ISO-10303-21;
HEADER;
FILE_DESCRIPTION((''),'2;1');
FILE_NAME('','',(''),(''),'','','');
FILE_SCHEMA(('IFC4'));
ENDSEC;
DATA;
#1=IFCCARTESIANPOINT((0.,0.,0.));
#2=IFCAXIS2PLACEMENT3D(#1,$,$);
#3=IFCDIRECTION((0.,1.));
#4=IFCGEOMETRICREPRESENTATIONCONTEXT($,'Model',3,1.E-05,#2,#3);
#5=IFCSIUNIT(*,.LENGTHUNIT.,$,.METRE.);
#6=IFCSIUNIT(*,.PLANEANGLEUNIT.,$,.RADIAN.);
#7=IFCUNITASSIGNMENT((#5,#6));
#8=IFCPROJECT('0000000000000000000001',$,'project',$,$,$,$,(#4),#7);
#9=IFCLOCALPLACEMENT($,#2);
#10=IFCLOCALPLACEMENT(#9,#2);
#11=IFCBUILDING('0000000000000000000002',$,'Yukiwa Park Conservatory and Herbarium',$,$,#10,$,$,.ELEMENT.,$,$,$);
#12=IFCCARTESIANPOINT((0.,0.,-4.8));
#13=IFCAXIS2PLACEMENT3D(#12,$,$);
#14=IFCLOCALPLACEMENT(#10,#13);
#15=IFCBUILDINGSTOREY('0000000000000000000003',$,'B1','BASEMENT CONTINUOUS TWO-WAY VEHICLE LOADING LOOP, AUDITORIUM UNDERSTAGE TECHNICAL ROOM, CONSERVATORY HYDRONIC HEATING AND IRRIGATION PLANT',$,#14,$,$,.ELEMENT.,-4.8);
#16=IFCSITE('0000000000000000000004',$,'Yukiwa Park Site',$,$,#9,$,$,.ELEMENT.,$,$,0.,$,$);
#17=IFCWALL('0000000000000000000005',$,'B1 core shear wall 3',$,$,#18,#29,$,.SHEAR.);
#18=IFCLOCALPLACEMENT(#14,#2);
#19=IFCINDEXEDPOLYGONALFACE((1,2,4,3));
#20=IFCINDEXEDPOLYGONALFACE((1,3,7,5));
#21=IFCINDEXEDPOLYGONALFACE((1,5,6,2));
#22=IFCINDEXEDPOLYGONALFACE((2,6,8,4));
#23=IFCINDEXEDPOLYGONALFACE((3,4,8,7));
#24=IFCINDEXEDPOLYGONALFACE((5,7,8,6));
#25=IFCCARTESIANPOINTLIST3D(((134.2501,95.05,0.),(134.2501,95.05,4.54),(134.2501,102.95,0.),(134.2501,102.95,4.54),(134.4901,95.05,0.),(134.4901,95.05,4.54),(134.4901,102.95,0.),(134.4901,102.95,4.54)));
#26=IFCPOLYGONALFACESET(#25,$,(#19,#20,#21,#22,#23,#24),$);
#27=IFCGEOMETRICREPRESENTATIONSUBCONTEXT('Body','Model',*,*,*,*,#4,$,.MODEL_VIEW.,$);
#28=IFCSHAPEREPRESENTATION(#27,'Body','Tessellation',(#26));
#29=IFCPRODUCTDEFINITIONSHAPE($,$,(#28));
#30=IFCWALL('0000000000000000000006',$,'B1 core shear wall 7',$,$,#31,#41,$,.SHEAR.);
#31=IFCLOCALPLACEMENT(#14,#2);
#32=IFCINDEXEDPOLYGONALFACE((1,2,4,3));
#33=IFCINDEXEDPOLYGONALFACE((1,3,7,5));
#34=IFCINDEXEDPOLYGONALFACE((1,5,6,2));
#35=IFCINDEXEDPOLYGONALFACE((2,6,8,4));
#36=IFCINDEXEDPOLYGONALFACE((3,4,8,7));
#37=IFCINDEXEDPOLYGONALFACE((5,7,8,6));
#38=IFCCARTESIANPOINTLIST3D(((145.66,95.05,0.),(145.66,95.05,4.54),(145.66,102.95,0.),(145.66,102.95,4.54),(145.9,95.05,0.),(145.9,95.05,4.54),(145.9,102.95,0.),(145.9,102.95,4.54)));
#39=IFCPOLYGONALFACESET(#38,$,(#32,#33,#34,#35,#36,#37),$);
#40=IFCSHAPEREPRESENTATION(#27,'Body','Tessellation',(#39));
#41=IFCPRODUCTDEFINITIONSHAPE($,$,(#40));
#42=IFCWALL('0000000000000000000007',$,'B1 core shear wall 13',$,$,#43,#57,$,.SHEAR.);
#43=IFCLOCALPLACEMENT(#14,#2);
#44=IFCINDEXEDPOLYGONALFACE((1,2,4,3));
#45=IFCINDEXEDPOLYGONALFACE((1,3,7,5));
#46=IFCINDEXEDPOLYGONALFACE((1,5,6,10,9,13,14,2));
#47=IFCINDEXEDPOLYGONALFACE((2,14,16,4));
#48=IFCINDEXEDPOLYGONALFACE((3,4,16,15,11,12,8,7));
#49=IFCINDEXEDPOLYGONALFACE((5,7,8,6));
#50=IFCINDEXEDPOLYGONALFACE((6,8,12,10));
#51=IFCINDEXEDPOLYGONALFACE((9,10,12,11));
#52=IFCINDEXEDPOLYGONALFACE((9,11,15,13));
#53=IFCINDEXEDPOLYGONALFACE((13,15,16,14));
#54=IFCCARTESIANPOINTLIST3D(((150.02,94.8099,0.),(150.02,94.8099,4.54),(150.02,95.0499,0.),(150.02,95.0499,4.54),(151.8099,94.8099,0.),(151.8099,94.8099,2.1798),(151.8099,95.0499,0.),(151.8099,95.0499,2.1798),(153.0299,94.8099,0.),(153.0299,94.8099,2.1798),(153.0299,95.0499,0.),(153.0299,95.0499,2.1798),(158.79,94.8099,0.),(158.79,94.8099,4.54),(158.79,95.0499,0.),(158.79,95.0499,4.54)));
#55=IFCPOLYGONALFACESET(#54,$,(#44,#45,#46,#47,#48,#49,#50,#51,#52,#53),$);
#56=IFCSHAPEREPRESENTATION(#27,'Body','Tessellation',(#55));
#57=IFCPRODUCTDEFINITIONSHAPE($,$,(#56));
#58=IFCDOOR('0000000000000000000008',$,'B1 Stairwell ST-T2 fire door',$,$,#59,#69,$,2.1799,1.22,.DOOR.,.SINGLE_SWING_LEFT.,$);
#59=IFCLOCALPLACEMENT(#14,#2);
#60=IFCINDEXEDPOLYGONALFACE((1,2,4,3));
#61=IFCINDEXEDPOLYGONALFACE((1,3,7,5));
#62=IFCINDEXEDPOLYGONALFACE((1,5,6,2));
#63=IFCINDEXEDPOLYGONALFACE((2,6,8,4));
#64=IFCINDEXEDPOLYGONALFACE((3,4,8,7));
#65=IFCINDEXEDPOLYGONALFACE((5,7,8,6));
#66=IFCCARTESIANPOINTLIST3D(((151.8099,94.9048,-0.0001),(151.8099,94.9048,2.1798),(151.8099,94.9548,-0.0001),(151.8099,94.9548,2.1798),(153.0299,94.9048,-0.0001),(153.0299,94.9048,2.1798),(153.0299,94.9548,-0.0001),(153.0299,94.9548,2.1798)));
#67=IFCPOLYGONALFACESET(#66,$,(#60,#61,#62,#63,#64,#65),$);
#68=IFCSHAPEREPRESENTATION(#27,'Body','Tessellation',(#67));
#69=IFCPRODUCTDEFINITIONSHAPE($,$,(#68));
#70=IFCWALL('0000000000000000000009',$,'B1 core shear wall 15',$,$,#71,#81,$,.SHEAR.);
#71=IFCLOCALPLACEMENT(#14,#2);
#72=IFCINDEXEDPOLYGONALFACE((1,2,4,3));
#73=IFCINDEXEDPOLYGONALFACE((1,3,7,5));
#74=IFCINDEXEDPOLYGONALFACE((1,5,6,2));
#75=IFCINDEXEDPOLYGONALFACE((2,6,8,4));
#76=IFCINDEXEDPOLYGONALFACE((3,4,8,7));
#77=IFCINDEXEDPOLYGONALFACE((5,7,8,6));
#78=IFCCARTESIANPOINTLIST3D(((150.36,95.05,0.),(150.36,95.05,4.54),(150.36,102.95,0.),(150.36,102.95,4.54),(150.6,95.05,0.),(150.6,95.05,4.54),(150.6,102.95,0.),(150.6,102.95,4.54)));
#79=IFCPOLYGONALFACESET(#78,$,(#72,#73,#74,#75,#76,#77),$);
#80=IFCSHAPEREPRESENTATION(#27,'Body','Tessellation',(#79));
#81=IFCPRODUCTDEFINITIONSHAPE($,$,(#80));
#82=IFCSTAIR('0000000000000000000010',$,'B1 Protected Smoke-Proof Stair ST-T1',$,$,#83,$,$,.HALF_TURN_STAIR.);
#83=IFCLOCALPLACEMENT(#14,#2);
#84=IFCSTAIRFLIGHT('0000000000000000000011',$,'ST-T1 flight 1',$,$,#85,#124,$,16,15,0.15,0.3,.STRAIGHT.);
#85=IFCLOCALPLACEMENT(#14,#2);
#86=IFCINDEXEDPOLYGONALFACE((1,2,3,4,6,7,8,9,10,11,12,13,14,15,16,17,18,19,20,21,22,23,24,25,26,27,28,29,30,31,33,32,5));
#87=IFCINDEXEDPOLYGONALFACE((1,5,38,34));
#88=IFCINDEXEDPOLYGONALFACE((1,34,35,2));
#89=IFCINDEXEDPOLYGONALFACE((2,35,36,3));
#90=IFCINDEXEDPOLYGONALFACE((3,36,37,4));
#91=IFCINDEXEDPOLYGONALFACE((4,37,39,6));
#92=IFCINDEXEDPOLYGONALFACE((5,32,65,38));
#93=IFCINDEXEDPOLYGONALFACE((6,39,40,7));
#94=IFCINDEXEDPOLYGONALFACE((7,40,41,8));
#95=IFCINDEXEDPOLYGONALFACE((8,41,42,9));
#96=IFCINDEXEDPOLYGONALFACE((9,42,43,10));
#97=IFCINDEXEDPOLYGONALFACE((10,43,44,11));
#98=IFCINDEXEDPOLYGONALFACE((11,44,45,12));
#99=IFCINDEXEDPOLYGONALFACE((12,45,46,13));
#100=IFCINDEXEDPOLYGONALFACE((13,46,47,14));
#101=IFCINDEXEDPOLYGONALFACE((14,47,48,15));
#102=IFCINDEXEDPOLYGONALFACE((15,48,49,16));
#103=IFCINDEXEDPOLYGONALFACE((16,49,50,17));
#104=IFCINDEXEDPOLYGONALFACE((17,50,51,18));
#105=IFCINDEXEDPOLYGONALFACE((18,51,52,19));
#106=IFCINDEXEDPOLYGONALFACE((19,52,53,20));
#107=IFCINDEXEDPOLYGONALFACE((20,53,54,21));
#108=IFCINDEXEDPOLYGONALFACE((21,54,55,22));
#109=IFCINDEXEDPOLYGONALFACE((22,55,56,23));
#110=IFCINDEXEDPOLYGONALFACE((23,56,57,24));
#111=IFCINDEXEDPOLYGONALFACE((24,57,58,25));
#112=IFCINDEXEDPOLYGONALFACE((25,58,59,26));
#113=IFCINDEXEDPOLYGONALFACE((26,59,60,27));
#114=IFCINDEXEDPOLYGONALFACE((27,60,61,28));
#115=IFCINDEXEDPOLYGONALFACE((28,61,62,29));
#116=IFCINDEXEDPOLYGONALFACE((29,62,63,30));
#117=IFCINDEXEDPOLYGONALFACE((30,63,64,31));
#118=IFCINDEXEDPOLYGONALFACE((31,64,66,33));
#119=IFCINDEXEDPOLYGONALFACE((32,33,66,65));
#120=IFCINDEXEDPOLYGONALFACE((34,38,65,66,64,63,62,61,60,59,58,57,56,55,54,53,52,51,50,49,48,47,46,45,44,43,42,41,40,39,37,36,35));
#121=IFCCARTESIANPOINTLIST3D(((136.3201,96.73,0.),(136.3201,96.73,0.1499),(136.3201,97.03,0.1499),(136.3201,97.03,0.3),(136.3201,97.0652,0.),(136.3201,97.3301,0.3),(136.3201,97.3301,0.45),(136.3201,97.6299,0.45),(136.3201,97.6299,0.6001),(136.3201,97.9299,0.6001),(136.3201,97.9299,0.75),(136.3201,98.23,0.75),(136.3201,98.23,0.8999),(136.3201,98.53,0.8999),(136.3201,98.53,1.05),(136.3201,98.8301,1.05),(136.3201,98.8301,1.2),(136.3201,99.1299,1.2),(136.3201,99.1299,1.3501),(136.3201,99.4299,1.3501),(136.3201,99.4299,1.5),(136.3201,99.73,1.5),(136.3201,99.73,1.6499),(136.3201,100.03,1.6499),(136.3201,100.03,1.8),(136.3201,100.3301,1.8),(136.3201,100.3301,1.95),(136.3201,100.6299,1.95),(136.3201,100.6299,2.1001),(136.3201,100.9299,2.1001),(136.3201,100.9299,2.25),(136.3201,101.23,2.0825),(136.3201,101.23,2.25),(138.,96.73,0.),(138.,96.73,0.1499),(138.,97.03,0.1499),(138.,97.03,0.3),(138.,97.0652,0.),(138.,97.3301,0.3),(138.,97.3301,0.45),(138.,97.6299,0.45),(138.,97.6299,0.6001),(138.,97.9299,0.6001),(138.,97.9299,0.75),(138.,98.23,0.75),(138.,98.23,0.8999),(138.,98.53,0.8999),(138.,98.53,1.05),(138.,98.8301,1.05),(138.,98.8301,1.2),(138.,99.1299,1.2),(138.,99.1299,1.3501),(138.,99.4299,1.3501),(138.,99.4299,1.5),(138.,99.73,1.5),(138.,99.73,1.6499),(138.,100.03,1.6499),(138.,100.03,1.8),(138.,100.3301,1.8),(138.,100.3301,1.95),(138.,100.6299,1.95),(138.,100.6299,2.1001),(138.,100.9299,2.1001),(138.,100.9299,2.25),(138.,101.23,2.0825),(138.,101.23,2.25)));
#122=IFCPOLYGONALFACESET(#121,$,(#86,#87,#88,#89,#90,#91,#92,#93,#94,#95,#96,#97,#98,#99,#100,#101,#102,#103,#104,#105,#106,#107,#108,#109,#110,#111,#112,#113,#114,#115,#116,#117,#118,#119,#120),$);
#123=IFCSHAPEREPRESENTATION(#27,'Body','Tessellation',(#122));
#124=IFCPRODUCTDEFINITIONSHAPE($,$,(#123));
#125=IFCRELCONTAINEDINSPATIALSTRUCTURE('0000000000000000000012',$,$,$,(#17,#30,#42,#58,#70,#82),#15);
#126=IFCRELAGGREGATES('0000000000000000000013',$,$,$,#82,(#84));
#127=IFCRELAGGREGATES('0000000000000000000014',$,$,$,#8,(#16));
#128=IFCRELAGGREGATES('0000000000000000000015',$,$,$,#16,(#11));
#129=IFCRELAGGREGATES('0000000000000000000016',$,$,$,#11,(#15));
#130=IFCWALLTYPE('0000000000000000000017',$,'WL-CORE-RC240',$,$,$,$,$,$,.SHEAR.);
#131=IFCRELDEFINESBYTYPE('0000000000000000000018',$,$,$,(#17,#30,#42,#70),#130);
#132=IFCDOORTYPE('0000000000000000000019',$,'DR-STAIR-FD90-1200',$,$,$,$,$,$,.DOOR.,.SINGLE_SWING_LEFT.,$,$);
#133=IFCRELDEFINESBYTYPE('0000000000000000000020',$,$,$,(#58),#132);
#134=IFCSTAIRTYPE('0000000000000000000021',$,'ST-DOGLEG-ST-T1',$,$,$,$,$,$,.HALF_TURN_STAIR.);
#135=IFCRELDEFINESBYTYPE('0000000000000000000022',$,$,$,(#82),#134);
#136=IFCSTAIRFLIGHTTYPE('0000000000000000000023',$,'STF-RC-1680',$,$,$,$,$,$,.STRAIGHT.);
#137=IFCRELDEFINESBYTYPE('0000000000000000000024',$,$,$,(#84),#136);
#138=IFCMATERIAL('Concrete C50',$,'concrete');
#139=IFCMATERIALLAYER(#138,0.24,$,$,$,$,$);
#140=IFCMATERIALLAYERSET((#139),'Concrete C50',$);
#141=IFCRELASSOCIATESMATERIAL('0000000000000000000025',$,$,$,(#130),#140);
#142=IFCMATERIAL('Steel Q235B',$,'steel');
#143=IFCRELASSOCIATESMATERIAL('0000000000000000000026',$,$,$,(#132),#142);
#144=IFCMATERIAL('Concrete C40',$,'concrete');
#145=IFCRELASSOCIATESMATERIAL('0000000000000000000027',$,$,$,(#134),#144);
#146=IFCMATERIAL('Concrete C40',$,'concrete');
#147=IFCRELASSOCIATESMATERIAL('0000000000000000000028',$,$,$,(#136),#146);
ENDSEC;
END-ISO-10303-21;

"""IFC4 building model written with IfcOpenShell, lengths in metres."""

from ifc_helpers import new_model, si_unit, direction, frame, frame_2d, origin, place, context, subcontext, project, spatial, polyline, rectangle, outline, extrude, material, layer, layer_set, type_object, element, fill, aggregate, save


model = new_model("IFC4")

# Units and contexts
model_context = context("Model", 3, precision=1e-05, world=origin(), true_north=direction((0.0, 1.0)))
body_context = subcontext(model_context, "Body", "Model", "MODEL_VIEW")
ifc_project = project(units=[si_unit("LENGTHUNIT", "METRE"), si_unit("PLANEANGLEUNIT", "RADIAN")], contexts=[model_context])

# Site, building, storey
site_placement = place(None, origin())
site = spatial("IfcSite", under=ifc_project, at=site_placement, Name="Yukiwa Park Site", CompositionType="ELEMENT", RefElevation=0.0)
building_placement = place(site_placement, origin())
building = spatial("IfcBuilding", under=site, at=building_placement, Name="Yukiwa Park Conservatory and Herbarium", CompositionType="ELEMENT")
storey_placement = place(building_placement, frame((0.0, 0.0, -4.8)))
storey = spatial("IfcBuildingStorey", under=building, at=storey_placement, Name="B1", Description="BASEMENT CONTINUOUS TWO-WAY VEHICLE LOADING LOOP, AUDITORIUM UNDERSTAGE TECHNICAL ROOM, CONSERVATORY HYDRONIC HEATING AND IRRIGATION PLANT", CompositionType="ELEMENT", Elevation=-4.8)

# Walls
ifc_material_1 = material(Name="Concrete C50", Category="concrete")
ifc_layer_1 = layer(ifc_material_1, 0.24)
ifc_layer_set_1 = layer_set([ifc_layer_1], Name="Concrete C50")
wall_type_1 = type_object("IfcWallType", Name="WL-CORE-RC240", PredefinedType="SHEAR", material=ifc_layer_set_1)
for number, where, z_axis, x_axis, name in (
    (1, (134.3701, 95.05, 0.0), (0.0, 0.0, 1.0), (0.0, 1.0, 0.0), "B1 core shear wall 3"),
    (2, (145.78, 95.05, 0.0), (0.0, 0.0, 1.0), (0.0, 1.0, 0.0), "B1 core shear wall 7"),
):
    element("IfcWall", number, at=place(storey_placement, frame(where, z_axis=z_axis, x_axis=x_axis)), inside=storey, type_object=wall_type_1, Name=name, PredefinedType="SHEAR", context=body_context, shape_type="SweptSolid", body=[
        extrude(rectangle(XDim=7.8999, YDim=0.24, at=frame_2d((3.95, 0.0))), origin(), (0.0, 0.0, 1.0), 4.54),
    ])

# Wall, opening, door
wall_1_placement = place(storey_placement, frame((150.02, 94.9299, 0.0), z_axis=(0.0, 0.0, 1.0), x_axis=(1.0, 0.0, 0.0)))
wall_1 = element("IfcWall", 3, at=wall_1_placement, inside=storey, type_object=wall_type_1, Name="B1 core shear wall 13", PredefinedType="SHEAR", context=body_context, shape_type="SweptSolid", body=[
    extrude(rectangle(XDim=8.77, YDim=0.24, at=frame_2d((4.385, 0.0))), origin(), (0.0, 0.0, 1.0), 4.54),
])
opening_placement = place(wall_1_placement, frame((1.79, 0.0, 0.0)))
opening = element("IfcOpeningElement", 4, at=opening_placement, cuts=wall_1, PredefinedType="OPENING", context=body_context, shape_type="SweptSolid", body=[
    extrude(rectangle(XDim=1.22, YDim=2.1799, at=frame_2d((0.6099, 1.0898))), frame((0.0, 0.1299, 0.0), z_axis=(0.0, -1.0, 0.0), x_axis=(1.0, 0.0, 0.0)), (0.0, 0.0, 1.0), 0.26),
])
ifc_material_2 = material(Name="Steel Q235B", Category="steel")
door_type = type_object("IfcDoorType", Name="DR-STAIR-FD90-1200", OperationType="SINGLE_SWING_LEFT", PredefinedType="DOOR", material=ifc_material_2)
door_placement = place(opening_placement, origin())
door = element("IfcDoor", 5, at=door_placement, inside=storey, type_object=door_type, Name="B1 Stairwell ST-T2 fire door", OperationType="SINGLE_SWING_LEFT", OverallHeight=2.1799, OverallWidth=1.22, PredefinedType="DOOR", context=body_context, shape_type="SweptSolid", body=[
    extrude(rectangle(XDim=1.22, YDim=2.1799, at=frame_2d((0.6099, 1.0898))), frame((0.0, 0.0249, 0.0), z_axis=(0.0, -1.0, 0.0), x_axis=(1.0, 0.0, 0.0)), (0.0, 0.0, 1.0), 0.05),
])
fill(opening, door)

# Wall
wall_2_placement = place(storey_placement, frame((150.48, 95.05, 0.0), z_axis=(0.0, 0.0, 1.0), x_axis=(0.0, 1.0, 0.0)))
element("IfcWall", 6, at=wall_2_placement, inside=storey, type_object=wall_type_1, Name="B1 core shear wall 15", PredefinedType="SHEAR", context=body_context, shape_type="SweptSolid", body=[
    extrude(rectangle(XDim=7.8999, YDim=0.24, at=frame_2d((3.95, 0.0))), origin(), (0.0, 0.0, 1.0), 4.54),
])

# Stair, stair flight
ifc_material_3 = material(Name="Concrete C40", Category="concrete")
stair_type = type_object("IfcStairType", Name="ST-DOGLEG-ST-T1", PredefinedType="HALF_TURN_STAIR", material=ifc_material_3)
stair_placement = place(storey_placement, origin())
stair = element("IfcStair", 7, at=stair_placement, inside=storey, type_object=stair_type, Name="B1 Protected Smoke-Proof Stair ST-T1", PredefinedType="HALF_TURN_STAIR")
ifc_material_4 = material(Name="Concrete C40", Category="concrete")
stair_flight_type = type_object("IfcStairFlightType", Name="STF-RC-1680", PredefinedType="STRAIGHT", material=ifc_material_4)
stair_flight_placement = place(storey_placement, frame((137.1599, 96.73, 0.0), z_axis=(0.0, 0.0, 1.0), x_axis=(0.0, 1.0, 0.0)))
stair_flight = element("IfcStairFlight", 8, at=stair_flight_placement, type_object=stair_flight_type, Name="ST-T1 flight 1", NumberOfRisers=16, NumberOfTreads=15, PredefinedType="STRAIGHT", RiserHeight=0.15, TreadLength=0.3, context=body_context, shape_type="SweptSolid", body=[
    extrude(outline(polyline([(0.0, 0.0), (0.0, 0.1499), (0.3, 0.1499), (0.3, 0.3), (0.6001, 0.3), (0.6001, 0.45), (0.8999, 0.45), (0.8999, 0.6001), (1.2, 0.6001), (1.2, 0.75), (1.5, 0.75), (1.5, 0.8999), (1.8, 0.8999), (1.8, 1.05), (2.1001, 1.05), (2.1001, 1.2), (2.3999, 1.2), (2.3999, 1.3501), (2.7, 1.3501), (2.7, 1.5), (3.0, 1.5), (3.0, 1.6499), (3.3, 1.6499), (3.3, 1.8), (3.6001, 1.8), (3.6001, 1.95), (3.8999, 1.95), (3.8999, 2.1001), (4.2, 2.1001), (4.2, 2.25), (4.5, 2.25), (4.5, 2.3999), (4.5, 2.0825), (0.3352, 0.0), (0.0, 0.0)])), frame((0.0, 0.8398, 0.0), z_axis=(0.0, -1.0, 0.0), x_axis=(1.0, 0.0, 0.0)), (0.0, 0.0, 1.0), 1.6799),
])
aggregate(stair, [stair_flight])

save(model, "model.ifc")
